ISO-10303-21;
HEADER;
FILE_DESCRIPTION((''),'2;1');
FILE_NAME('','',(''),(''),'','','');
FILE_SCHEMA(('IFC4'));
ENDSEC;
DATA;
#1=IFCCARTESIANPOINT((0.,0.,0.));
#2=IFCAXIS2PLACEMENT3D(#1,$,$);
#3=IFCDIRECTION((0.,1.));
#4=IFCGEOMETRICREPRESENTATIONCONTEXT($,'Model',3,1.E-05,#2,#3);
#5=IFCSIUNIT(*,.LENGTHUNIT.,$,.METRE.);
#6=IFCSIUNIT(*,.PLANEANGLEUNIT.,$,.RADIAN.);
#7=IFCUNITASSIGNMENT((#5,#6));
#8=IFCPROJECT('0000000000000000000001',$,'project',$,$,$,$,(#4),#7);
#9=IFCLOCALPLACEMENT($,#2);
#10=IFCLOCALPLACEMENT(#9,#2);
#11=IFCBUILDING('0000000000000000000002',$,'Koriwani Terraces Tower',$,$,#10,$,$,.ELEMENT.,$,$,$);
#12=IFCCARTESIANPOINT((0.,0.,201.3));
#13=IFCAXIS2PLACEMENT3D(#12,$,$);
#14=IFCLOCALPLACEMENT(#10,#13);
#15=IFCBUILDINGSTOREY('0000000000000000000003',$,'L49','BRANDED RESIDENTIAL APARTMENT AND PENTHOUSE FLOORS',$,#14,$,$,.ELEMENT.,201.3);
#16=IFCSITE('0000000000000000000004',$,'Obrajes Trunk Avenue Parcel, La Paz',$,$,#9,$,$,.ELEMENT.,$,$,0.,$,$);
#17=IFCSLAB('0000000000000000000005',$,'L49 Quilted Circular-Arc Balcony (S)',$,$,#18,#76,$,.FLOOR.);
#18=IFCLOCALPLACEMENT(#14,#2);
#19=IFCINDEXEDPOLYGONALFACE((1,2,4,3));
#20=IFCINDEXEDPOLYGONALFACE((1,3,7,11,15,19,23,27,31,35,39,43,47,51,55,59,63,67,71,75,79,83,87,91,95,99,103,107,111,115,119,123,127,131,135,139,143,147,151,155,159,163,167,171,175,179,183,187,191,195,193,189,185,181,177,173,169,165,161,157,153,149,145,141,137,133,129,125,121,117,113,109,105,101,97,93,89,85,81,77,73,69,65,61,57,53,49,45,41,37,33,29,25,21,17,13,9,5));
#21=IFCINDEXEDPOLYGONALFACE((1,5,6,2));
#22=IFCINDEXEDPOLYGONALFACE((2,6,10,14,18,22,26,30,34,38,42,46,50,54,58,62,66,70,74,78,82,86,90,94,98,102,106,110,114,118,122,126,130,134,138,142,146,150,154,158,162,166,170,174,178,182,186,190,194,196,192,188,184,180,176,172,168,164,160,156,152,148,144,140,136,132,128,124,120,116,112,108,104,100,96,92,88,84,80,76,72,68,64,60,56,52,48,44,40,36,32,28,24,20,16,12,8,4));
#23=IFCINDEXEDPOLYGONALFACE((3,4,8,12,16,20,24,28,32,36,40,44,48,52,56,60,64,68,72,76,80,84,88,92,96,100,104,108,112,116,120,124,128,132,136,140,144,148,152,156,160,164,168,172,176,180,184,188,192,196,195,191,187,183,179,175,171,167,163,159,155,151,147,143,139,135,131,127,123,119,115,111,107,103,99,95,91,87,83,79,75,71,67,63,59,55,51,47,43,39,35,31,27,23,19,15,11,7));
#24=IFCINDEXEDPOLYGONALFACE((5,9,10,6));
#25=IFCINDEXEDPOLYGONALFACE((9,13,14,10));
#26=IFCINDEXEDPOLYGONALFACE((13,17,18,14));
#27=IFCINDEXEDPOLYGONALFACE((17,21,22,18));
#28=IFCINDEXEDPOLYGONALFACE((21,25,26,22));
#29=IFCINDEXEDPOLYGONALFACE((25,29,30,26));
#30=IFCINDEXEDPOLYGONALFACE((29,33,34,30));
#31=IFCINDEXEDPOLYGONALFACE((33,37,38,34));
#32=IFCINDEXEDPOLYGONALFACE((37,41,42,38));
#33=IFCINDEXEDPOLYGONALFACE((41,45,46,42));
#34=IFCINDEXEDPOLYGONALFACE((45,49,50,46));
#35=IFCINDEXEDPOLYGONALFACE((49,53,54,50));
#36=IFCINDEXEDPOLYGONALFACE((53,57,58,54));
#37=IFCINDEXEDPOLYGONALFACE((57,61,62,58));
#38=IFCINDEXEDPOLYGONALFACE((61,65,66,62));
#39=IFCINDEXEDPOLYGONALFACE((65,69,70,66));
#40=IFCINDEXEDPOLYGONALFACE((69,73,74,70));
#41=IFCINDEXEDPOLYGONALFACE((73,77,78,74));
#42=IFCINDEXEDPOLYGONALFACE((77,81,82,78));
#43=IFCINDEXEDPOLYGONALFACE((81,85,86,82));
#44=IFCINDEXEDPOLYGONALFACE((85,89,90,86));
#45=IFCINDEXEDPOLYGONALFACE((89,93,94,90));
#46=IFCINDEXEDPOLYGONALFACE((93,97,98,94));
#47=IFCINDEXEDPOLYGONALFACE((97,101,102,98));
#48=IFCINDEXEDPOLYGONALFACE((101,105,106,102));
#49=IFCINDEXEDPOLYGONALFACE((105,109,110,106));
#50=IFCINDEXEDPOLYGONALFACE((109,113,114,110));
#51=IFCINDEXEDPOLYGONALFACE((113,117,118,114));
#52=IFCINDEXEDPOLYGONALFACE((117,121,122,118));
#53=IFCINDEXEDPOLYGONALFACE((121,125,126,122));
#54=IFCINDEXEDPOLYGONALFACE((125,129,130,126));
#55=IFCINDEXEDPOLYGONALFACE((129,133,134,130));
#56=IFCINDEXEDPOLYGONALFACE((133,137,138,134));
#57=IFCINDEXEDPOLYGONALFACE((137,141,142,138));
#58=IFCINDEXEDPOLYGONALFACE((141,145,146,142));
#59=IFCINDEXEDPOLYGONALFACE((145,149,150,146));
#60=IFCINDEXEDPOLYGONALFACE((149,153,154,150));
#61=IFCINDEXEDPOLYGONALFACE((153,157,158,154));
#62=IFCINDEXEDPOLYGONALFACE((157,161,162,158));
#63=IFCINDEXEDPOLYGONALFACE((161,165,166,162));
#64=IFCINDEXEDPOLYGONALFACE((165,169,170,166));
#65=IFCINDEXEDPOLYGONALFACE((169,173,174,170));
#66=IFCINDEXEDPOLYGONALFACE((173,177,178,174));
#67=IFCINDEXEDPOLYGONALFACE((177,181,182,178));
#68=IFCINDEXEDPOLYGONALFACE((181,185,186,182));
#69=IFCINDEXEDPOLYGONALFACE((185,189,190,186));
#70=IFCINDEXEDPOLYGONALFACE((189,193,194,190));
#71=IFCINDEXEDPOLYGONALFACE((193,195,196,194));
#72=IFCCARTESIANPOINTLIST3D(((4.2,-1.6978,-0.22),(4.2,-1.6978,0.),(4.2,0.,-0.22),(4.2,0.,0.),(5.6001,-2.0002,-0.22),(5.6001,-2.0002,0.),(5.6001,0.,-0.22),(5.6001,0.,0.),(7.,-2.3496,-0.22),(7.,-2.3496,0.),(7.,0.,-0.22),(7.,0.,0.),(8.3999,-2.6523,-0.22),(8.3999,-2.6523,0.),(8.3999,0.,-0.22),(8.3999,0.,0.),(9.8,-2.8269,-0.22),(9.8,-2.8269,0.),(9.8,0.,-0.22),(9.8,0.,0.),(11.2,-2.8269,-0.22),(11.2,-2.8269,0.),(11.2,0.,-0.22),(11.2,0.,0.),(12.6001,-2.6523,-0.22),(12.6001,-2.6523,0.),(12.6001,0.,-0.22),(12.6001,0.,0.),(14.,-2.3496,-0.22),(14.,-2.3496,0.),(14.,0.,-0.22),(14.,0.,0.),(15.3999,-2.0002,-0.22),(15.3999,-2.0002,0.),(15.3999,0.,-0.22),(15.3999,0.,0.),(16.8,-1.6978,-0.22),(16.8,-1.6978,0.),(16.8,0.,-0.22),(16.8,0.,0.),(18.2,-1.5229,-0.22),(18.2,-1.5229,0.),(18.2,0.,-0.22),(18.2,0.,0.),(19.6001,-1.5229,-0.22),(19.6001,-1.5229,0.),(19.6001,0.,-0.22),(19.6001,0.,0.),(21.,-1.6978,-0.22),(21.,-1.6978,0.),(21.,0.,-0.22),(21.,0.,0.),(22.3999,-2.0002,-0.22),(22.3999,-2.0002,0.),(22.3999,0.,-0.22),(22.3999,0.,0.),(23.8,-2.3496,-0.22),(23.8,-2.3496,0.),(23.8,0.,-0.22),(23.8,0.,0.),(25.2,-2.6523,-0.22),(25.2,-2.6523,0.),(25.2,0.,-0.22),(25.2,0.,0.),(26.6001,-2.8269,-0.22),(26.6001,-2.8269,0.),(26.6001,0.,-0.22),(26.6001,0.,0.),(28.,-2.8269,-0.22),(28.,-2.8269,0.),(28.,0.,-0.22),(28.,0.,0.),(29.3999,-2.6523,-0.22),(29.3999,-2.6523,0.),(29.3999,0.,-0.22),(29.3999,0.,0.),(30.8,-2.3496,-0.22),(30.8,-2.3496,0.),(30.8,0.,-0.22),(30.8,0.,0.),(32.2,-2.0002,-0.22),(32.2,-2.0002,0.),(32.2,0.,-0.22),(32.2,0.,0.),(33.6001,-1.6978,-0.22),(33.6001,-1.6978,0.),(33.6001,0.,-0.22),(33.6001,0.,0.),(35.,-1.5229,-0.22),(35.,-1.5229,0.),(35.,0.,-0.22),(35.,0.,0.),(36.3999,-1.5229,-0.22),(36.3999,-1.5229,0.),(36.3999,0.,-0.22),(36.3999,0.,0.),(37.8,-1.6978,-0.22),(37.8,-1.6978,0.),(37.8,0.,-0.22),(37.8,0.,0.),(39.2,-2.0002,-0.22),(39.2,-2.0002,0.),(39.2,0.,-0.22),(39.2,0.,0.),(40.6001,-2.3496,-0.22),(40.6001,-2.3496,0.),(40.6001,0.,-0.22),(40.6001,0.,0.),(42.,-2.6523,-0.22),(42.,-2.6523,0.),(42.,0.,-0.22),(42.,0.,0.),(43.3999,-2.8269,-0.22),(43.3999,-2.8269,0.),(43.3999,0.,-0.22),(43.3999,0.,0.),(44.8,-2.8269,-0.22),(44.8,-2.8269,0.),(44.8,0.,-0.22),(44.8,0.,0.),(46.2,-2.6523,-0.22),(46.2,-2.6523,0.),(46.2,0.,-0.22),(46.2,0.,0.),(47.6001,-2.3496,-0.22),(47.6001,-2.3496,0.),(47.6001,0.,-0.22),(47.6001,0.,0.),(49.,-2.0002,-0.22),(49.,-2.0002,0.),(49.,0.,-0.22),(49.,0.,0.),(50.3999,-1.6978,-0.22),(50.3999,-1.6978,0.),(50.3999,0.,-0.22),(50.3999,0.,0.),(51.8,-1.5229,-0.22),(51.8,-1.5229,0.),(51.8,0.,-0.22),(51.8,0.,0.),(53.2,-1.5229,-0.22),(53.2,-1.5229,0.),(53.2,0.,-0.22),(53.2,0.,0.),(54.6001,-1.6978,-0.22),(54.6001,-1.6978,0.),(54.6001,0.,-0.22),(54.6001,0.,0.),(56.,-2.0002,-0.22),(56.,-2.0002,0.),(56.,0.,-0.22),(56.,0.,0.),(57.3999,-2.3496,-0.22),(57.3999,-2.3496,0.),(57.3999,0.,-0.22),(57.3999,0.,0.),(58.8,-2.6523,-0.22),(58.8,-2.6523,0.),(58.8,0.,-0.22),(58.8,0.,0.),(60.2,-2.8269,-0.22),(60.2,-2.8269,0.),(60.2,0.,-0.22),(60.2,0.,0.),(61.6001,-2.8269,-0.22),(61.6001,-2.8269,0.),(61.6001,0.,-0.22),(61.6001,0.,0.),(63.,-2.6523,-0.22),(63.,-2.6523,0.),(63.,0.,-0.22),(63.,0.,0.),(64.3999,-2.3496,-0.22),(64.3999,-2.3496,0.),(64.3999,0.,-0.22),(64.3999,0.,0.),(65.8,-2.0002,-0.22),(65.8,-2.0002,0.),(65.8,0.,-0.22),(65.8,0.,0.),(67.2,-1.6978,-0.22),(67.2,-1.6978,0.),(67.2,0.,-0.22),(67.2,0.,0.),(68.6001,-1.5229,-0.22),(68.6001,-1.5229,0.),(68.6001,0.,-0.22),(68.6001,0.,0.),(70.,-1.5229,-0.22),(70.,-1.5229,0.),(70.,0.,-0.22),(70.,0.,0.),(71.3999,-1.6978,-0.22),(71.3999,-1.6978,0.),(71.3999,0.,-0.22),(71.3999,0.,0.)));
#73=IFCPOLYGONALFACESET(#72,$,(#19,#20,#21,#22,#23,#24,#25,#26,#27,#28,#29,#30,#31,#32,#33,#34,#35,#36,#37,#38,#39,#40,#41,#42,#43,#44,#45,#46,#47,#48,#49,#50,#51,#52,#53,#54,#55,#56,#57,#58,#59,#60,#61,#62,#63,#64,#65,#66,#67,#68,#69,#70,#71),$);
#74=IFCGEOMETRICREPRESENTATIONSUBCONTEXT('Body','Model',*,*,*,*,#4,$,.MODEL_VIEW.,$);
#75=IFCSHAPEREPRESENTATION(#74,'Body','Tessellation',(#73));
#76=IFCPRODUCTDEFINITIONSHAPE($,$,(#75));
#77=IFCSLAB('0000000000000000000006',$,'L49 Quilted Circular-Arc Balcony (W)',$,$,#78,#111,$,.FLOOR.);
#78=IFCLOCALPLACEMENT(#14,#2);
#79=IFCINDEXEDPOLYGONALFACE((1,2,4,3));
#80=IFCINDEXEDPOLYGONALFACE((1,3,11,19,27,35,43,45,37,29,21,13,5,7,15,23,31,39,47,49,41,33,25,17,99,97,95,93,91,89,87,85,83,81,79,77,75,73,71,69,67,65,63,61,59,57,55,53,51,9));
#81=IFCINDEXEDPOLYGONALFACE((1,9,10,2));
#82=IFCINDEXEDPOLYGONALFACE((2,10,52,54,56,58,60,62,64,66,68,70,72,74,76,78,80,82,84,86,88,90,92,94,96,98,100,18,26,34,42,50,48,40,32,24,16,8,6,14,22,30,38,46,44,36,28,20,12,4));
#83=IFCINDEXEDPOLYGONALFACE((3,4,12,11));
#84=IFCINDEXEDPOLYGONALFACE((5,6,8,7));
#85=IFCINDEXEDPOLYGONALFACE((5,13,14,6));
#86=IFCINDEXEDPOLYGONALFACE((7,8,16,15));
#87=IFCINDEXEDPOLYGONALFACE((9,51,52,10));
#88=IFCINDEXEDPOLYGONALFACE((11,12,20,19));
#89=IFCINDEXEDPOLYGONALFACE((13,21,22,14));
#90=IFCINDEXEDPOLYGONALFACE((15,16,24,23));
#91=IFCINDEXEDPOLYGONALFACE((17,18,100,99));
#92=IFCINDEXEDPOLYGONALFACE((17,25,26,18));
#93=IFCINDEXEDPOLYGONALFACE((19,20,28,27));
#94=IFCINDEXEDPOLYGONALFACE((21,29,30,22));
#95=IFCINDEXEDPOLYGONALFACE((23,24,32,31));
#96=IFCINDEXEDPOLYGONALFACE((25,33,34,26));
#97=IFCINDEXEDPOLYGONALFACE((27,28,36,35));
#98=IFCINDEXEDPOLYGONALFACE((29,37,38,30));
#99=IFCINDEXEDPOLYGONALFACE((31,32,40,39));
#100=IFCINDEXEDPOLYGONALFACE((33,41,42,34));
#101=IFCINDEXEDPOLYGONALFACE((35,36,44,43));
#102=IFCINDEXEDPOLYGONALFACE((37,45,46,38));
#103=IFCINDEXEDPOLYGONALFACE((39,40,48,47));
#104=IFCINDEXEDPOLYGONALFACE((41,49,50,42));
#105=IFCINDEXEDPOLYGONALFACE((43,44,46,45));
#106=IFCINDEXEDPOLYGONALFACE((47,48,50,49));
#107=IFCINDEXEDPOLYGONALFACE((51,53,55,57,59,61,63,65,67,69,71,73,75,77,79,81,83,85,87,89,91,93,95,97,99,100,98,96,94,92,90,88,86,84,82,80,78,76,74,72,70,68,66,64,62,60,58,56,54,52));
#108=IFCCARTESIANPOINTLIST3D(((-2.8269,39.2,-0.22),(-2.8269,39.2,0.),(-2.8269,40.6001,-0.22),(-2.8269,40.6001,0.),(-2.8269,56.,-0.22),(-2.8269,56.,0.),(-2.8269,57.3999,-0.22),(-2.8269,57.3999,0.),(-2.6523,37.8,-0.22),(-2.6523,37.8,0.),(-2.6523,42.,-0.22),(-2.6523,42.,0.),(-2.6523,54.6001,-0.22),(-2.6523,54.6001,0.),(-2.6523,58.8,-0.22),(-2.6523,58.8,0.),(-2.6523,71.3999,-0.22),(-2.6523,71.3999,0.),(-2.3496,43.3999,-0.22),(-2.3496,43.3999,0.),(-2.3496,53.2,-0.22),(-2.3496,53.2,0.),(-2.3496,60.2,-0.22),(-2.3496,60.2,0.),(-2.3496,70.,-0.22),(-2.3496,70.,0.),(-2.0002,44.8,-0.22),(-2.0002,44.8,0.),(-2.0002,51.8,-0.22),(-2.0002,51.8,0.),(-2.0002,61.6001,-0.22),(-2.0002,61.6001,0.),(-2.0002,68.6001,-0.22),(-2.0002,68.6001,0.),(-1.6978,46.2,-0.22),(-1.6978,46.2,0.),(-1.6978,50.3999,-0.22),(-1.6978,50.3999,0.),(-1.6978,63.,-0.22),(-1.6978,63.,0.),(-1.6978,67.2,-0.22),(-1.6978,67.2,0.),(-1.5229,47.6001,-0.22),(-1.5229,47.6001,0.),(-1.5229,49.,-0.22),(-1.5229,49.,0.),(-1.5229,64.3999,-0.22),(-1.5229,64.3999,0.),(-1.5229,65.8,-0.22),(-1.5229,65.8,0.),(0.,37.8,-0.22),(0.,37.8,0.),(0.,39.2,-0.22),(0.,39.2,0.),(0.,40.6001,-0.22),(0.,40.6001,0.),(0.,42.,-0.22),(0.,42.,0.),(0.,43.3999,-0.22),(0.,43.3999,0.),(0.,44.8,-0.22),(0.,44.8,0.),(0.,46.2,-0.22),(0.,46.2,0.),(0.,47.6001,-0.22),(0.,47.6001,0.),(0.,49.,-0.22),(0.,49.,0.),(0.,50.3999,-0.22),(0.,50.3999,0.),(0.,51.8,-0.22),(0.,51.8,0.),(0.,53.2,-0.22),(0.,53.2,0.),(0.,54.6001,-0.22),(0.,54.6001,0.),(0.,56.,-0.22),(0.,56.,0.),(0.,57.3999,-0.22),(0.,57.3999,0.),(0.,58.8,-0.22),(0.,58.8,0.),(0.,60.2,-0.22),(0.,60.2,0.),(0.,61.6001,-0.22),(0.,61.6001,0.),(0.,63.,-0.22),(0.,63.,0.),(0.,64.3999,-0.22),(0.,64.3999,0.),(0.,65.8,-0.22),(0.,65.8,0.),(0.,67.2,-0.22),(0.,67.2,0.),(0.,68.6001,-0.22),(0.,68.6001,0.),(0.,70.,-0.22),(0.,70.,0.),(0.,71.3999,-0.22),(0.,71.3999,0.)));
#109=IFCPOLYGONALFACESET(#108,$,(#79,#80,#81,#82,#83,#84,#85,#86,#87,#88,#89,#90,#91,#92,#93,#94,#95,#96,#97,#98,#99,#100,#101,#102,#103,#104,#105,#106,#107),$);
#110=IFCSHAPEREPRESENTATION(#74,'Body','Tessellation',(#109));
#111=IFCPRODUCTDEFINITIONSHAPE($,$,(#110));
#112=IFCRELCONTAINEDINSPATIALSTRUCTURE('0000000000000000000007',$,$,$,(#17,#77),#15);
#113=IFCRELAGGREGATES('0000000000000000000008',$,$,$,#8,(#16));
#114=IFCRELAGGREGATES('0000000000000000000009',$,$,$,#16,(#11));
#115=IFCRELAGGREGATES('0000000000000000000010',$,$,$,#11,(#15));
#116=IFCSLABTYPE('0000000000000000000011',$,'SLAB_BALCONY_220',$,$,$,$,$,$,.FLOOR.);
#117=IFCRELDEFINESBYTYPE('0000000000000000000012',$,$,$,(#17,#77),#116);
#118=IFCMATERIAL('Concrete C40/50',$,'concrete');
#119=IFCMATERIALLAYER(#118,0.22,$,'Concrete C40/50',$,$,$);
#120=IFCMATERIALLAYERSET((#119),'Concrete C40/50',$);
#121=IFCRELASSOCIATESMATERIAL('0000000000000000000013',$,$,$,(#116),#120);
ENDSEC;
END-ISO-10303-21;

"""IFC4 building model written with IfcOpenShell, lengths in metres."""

from ifc_helpers import new_model, si_unit, direction, frame, origin, place, context, subcontext, project, spatial, polyline, outline, extrude, material, layer, layer_set, type_object, element, save


model = new_model("IFC4")

# Units and contexts
model_context = context("Model", 3, precision=1e-05, world=origin(), true_north=direction((0.0, 1.0)))
body_context = subcontext(model_context, "Body", "Model", "MODEL_VIEW")
ifc_project = project(units=[si_unit("LENGTHUNIT", "METRE"), si_unit("PLANEANGLEUNIT", "RADIAN")], contexts=[model_context])

# Site, building, storey
site_placement = place(None, origin())
site = spatial("IfcSite", under=ifc_project, at=site_placement, Name="Obrajes Trunk Avenue Parcel, La Paz", CompositionType="ELEMENT", RefElevation=0.0)
building_placement = place(site_placement, origin())
building = spatial("IfcBuilding", under=site, at=building_placement, Name="Koriwani Terraces Tower", CompositionType="ELEMENT")
storey_placement = place(building_placement, frame((0.0, 0.0, 201.3)))
storey = spatial("IfcBuildingStorey", under=building, at=storey_placement, Name="L49", Description="BRANDED RESIDENTIAL APARTMENT AND PENTHOUSE FLOORS", CompositionType="ELEMENT", Elevation=201.3)

# Shared definitions
ifc_material_1 = material(Name="Concrete C40/50", Category="concrete")

# Slabs
ifc_layer_1 = layer(ifc_material_1, 0.22, Name="Concrete C40/50")
ifc_layer_set_1 = layer_set([ifc_layer_1], Name="Concrete C40/50")
slab_type_1 = type_object("IfcSlabType", Name="SLAB_BALCONY_220", PredefinedType="FLOOR", material=ifc_layer_set_1)
slab_1_placement = place(storey_placement, frame((0.0, 0.0, -0.22)))
element("IfcSlab", 1, at=slab_1_placement, inside=storey, type_object=slab_type_1, Name="L49 Quilted Circular-Arc Balcony (S)", PredefinedType="FLOOR", context=body_context, shape_type="SweptSolid", body=[
    extrude(outline(polyline([(4.2, 0.0), (5.6001, 0.0), (7.0, 0.0), (8.3999, 0.0), (9.8, 0.0), (11.2, 0.0), (12.6001, 0.0), (14.0, 0.0), (15.3999, 0.0), (16.8, 0.0), (18.2, 0.0), (19.6001, 0.0), (21.0, 0.0), (22.3999, 0.0), (23.8, 0.0), (25.2, 0.0), (26.6001, 0.0), (28.0, 0.0), (29.3999, 0.0), (30.8, 0.0), (32.2, 0.0), (33.6001, 0.0), (35.0, 0.0), (36.3999, 0.0), (37.8, 0.0), (39.2, 0.0), (40.6001, 0.0), (42.0, 0.0), (43.3999, 0.0), (44.8, 0.0), (46.2, 0.0), (47.6001, 0.0), (49.0, 0.0), (50.3999, 0.0), (51.8, 0.0), (53.2, 0.0), (54.6001, 0.0), (56.0, 0.0), (57.3999, 0.0), (58.8, 0.0), (60.2, 0.0), (61.6001, 0.0), (63.0, 0.0), (64.3999, 0.0), (65.8, 0.0), (67.2, 0.0), (68.6001, 0.0), (70.0, 0.0), (71.3999, 0.0), (71.3999, -1.6978), (70.0, -1.5229), (68.6001, -1.5229), (67.2, -1.6978), (65.8, -2.0002), (64.3999, -2.3496), (63.0, -2.6523), (61.6001, -2.8269), (60.2, -2.8269), (58.8, -2.6523), (57.3999, -2.3496), (56.0, -2.0002), (54.6001, -1.6978), (53.2, -1.5229), (51.8, -1.5229), (50.3999, -1.6978), (49.0, -2.0002), (47.6001, -2.3496), (46.2, -2.6523), (44.8, -2.8269), (43.3999, -2.8269), (42.0, -2.6523), (40.6001, -2.3496), (39.2, -2.0002), (37.8, -1.6978), (36.3999, -1.5229), (35.0, -1.5229), (33.6001, -1.6978), (32.2, -2.0002), (30.8, -2.3496), (29.3999, -2.6523), (28.0, -2.8269), (26.6001, -2.8269), (25.2, -2.6523), (23.8, -2.3496), (22.3999, -2.0002), (21.0, -1.6978), (19.6001, -1.5229), (18.2, -1.5229), (16.8, -1.6978), (15.3999, -2.0002), (14.0, -2.3496), (12.6001, -2.6523), (11.2, -2.8269), (9.8, -2.8269), (8.3999, -2.6523), (7.0, -2.3496), (5.6001, -2.0002), (4.2, -1.6978), (4.2, 0.0)])), origin(), (0.0, 0.0, 1.0), 0.22),
])
slab_2_placement = place(storey_placement, frame((0.0, 0.0, -0.22)))
element("IfcSlab", 2, at=slab_2_placement, inside=storey, type_object=slab_type_1, Name="L49 Quilted Circular-Arc Balcony (W)", PredefinedType="FLOOR", context=body_context, shape_type="SweptSolid", body=[
    extrude(outline(polyline([(0.0, 37.8), (0.0, 39.2), (0.0, 40.6001), (0.0, 42.0), (0.0, 43.3999), (0.0, 44.8), (0.0, 46.2), (0.0, 47.6001), (0.0, 49.0), (0.0, 50.3999), (0.0, 51.8), (0.0, 53.2), (0.0, 54.6001), (0.0, 56.0), (0.0, 57.3999), (0.0, 58.8), (0.0, 60.2), (0.0, 61.6001), (0.0, 63.0), (0.0, 64.3999), (0.0, 65.8), (0.0, 67.2), (0.0, 68.6001), (0.0, 70.0), (0.0, 71.3999), (-2.6523, 71.3999), (-2.3496, 70.0), (-2.0002, 68.6001), (-1.6978, 67.2), (-1.5229, 65.8), (-1.5229, 64.3999), (-1.6978, 63.0), (-2.0002, 61.6001), (-2.3496, 60.2), (-2.6523, 58.8), (-2.8269, 57.3999), (-2.8269, 56.0), (-2.6523, 54.6001), (-2.3496, 53.2), (-2.0002, 51.8), (-1.6978, 50.3999), (-1.5229, 49.0), (-1.5229, 47.6001), (-1.6978, 46.2), (-2.0002, 44.8), (-2.3496, 43.3999), (-2.6523, 42.0), (-2.8269, 40.6001), (-2.8269, 39.2), (-2.6523, 37.8), (0.0, 37.8)])), origin(), (0.0, 0.0, 1.0), 0.22),
])

save(model, "model.ifc")
